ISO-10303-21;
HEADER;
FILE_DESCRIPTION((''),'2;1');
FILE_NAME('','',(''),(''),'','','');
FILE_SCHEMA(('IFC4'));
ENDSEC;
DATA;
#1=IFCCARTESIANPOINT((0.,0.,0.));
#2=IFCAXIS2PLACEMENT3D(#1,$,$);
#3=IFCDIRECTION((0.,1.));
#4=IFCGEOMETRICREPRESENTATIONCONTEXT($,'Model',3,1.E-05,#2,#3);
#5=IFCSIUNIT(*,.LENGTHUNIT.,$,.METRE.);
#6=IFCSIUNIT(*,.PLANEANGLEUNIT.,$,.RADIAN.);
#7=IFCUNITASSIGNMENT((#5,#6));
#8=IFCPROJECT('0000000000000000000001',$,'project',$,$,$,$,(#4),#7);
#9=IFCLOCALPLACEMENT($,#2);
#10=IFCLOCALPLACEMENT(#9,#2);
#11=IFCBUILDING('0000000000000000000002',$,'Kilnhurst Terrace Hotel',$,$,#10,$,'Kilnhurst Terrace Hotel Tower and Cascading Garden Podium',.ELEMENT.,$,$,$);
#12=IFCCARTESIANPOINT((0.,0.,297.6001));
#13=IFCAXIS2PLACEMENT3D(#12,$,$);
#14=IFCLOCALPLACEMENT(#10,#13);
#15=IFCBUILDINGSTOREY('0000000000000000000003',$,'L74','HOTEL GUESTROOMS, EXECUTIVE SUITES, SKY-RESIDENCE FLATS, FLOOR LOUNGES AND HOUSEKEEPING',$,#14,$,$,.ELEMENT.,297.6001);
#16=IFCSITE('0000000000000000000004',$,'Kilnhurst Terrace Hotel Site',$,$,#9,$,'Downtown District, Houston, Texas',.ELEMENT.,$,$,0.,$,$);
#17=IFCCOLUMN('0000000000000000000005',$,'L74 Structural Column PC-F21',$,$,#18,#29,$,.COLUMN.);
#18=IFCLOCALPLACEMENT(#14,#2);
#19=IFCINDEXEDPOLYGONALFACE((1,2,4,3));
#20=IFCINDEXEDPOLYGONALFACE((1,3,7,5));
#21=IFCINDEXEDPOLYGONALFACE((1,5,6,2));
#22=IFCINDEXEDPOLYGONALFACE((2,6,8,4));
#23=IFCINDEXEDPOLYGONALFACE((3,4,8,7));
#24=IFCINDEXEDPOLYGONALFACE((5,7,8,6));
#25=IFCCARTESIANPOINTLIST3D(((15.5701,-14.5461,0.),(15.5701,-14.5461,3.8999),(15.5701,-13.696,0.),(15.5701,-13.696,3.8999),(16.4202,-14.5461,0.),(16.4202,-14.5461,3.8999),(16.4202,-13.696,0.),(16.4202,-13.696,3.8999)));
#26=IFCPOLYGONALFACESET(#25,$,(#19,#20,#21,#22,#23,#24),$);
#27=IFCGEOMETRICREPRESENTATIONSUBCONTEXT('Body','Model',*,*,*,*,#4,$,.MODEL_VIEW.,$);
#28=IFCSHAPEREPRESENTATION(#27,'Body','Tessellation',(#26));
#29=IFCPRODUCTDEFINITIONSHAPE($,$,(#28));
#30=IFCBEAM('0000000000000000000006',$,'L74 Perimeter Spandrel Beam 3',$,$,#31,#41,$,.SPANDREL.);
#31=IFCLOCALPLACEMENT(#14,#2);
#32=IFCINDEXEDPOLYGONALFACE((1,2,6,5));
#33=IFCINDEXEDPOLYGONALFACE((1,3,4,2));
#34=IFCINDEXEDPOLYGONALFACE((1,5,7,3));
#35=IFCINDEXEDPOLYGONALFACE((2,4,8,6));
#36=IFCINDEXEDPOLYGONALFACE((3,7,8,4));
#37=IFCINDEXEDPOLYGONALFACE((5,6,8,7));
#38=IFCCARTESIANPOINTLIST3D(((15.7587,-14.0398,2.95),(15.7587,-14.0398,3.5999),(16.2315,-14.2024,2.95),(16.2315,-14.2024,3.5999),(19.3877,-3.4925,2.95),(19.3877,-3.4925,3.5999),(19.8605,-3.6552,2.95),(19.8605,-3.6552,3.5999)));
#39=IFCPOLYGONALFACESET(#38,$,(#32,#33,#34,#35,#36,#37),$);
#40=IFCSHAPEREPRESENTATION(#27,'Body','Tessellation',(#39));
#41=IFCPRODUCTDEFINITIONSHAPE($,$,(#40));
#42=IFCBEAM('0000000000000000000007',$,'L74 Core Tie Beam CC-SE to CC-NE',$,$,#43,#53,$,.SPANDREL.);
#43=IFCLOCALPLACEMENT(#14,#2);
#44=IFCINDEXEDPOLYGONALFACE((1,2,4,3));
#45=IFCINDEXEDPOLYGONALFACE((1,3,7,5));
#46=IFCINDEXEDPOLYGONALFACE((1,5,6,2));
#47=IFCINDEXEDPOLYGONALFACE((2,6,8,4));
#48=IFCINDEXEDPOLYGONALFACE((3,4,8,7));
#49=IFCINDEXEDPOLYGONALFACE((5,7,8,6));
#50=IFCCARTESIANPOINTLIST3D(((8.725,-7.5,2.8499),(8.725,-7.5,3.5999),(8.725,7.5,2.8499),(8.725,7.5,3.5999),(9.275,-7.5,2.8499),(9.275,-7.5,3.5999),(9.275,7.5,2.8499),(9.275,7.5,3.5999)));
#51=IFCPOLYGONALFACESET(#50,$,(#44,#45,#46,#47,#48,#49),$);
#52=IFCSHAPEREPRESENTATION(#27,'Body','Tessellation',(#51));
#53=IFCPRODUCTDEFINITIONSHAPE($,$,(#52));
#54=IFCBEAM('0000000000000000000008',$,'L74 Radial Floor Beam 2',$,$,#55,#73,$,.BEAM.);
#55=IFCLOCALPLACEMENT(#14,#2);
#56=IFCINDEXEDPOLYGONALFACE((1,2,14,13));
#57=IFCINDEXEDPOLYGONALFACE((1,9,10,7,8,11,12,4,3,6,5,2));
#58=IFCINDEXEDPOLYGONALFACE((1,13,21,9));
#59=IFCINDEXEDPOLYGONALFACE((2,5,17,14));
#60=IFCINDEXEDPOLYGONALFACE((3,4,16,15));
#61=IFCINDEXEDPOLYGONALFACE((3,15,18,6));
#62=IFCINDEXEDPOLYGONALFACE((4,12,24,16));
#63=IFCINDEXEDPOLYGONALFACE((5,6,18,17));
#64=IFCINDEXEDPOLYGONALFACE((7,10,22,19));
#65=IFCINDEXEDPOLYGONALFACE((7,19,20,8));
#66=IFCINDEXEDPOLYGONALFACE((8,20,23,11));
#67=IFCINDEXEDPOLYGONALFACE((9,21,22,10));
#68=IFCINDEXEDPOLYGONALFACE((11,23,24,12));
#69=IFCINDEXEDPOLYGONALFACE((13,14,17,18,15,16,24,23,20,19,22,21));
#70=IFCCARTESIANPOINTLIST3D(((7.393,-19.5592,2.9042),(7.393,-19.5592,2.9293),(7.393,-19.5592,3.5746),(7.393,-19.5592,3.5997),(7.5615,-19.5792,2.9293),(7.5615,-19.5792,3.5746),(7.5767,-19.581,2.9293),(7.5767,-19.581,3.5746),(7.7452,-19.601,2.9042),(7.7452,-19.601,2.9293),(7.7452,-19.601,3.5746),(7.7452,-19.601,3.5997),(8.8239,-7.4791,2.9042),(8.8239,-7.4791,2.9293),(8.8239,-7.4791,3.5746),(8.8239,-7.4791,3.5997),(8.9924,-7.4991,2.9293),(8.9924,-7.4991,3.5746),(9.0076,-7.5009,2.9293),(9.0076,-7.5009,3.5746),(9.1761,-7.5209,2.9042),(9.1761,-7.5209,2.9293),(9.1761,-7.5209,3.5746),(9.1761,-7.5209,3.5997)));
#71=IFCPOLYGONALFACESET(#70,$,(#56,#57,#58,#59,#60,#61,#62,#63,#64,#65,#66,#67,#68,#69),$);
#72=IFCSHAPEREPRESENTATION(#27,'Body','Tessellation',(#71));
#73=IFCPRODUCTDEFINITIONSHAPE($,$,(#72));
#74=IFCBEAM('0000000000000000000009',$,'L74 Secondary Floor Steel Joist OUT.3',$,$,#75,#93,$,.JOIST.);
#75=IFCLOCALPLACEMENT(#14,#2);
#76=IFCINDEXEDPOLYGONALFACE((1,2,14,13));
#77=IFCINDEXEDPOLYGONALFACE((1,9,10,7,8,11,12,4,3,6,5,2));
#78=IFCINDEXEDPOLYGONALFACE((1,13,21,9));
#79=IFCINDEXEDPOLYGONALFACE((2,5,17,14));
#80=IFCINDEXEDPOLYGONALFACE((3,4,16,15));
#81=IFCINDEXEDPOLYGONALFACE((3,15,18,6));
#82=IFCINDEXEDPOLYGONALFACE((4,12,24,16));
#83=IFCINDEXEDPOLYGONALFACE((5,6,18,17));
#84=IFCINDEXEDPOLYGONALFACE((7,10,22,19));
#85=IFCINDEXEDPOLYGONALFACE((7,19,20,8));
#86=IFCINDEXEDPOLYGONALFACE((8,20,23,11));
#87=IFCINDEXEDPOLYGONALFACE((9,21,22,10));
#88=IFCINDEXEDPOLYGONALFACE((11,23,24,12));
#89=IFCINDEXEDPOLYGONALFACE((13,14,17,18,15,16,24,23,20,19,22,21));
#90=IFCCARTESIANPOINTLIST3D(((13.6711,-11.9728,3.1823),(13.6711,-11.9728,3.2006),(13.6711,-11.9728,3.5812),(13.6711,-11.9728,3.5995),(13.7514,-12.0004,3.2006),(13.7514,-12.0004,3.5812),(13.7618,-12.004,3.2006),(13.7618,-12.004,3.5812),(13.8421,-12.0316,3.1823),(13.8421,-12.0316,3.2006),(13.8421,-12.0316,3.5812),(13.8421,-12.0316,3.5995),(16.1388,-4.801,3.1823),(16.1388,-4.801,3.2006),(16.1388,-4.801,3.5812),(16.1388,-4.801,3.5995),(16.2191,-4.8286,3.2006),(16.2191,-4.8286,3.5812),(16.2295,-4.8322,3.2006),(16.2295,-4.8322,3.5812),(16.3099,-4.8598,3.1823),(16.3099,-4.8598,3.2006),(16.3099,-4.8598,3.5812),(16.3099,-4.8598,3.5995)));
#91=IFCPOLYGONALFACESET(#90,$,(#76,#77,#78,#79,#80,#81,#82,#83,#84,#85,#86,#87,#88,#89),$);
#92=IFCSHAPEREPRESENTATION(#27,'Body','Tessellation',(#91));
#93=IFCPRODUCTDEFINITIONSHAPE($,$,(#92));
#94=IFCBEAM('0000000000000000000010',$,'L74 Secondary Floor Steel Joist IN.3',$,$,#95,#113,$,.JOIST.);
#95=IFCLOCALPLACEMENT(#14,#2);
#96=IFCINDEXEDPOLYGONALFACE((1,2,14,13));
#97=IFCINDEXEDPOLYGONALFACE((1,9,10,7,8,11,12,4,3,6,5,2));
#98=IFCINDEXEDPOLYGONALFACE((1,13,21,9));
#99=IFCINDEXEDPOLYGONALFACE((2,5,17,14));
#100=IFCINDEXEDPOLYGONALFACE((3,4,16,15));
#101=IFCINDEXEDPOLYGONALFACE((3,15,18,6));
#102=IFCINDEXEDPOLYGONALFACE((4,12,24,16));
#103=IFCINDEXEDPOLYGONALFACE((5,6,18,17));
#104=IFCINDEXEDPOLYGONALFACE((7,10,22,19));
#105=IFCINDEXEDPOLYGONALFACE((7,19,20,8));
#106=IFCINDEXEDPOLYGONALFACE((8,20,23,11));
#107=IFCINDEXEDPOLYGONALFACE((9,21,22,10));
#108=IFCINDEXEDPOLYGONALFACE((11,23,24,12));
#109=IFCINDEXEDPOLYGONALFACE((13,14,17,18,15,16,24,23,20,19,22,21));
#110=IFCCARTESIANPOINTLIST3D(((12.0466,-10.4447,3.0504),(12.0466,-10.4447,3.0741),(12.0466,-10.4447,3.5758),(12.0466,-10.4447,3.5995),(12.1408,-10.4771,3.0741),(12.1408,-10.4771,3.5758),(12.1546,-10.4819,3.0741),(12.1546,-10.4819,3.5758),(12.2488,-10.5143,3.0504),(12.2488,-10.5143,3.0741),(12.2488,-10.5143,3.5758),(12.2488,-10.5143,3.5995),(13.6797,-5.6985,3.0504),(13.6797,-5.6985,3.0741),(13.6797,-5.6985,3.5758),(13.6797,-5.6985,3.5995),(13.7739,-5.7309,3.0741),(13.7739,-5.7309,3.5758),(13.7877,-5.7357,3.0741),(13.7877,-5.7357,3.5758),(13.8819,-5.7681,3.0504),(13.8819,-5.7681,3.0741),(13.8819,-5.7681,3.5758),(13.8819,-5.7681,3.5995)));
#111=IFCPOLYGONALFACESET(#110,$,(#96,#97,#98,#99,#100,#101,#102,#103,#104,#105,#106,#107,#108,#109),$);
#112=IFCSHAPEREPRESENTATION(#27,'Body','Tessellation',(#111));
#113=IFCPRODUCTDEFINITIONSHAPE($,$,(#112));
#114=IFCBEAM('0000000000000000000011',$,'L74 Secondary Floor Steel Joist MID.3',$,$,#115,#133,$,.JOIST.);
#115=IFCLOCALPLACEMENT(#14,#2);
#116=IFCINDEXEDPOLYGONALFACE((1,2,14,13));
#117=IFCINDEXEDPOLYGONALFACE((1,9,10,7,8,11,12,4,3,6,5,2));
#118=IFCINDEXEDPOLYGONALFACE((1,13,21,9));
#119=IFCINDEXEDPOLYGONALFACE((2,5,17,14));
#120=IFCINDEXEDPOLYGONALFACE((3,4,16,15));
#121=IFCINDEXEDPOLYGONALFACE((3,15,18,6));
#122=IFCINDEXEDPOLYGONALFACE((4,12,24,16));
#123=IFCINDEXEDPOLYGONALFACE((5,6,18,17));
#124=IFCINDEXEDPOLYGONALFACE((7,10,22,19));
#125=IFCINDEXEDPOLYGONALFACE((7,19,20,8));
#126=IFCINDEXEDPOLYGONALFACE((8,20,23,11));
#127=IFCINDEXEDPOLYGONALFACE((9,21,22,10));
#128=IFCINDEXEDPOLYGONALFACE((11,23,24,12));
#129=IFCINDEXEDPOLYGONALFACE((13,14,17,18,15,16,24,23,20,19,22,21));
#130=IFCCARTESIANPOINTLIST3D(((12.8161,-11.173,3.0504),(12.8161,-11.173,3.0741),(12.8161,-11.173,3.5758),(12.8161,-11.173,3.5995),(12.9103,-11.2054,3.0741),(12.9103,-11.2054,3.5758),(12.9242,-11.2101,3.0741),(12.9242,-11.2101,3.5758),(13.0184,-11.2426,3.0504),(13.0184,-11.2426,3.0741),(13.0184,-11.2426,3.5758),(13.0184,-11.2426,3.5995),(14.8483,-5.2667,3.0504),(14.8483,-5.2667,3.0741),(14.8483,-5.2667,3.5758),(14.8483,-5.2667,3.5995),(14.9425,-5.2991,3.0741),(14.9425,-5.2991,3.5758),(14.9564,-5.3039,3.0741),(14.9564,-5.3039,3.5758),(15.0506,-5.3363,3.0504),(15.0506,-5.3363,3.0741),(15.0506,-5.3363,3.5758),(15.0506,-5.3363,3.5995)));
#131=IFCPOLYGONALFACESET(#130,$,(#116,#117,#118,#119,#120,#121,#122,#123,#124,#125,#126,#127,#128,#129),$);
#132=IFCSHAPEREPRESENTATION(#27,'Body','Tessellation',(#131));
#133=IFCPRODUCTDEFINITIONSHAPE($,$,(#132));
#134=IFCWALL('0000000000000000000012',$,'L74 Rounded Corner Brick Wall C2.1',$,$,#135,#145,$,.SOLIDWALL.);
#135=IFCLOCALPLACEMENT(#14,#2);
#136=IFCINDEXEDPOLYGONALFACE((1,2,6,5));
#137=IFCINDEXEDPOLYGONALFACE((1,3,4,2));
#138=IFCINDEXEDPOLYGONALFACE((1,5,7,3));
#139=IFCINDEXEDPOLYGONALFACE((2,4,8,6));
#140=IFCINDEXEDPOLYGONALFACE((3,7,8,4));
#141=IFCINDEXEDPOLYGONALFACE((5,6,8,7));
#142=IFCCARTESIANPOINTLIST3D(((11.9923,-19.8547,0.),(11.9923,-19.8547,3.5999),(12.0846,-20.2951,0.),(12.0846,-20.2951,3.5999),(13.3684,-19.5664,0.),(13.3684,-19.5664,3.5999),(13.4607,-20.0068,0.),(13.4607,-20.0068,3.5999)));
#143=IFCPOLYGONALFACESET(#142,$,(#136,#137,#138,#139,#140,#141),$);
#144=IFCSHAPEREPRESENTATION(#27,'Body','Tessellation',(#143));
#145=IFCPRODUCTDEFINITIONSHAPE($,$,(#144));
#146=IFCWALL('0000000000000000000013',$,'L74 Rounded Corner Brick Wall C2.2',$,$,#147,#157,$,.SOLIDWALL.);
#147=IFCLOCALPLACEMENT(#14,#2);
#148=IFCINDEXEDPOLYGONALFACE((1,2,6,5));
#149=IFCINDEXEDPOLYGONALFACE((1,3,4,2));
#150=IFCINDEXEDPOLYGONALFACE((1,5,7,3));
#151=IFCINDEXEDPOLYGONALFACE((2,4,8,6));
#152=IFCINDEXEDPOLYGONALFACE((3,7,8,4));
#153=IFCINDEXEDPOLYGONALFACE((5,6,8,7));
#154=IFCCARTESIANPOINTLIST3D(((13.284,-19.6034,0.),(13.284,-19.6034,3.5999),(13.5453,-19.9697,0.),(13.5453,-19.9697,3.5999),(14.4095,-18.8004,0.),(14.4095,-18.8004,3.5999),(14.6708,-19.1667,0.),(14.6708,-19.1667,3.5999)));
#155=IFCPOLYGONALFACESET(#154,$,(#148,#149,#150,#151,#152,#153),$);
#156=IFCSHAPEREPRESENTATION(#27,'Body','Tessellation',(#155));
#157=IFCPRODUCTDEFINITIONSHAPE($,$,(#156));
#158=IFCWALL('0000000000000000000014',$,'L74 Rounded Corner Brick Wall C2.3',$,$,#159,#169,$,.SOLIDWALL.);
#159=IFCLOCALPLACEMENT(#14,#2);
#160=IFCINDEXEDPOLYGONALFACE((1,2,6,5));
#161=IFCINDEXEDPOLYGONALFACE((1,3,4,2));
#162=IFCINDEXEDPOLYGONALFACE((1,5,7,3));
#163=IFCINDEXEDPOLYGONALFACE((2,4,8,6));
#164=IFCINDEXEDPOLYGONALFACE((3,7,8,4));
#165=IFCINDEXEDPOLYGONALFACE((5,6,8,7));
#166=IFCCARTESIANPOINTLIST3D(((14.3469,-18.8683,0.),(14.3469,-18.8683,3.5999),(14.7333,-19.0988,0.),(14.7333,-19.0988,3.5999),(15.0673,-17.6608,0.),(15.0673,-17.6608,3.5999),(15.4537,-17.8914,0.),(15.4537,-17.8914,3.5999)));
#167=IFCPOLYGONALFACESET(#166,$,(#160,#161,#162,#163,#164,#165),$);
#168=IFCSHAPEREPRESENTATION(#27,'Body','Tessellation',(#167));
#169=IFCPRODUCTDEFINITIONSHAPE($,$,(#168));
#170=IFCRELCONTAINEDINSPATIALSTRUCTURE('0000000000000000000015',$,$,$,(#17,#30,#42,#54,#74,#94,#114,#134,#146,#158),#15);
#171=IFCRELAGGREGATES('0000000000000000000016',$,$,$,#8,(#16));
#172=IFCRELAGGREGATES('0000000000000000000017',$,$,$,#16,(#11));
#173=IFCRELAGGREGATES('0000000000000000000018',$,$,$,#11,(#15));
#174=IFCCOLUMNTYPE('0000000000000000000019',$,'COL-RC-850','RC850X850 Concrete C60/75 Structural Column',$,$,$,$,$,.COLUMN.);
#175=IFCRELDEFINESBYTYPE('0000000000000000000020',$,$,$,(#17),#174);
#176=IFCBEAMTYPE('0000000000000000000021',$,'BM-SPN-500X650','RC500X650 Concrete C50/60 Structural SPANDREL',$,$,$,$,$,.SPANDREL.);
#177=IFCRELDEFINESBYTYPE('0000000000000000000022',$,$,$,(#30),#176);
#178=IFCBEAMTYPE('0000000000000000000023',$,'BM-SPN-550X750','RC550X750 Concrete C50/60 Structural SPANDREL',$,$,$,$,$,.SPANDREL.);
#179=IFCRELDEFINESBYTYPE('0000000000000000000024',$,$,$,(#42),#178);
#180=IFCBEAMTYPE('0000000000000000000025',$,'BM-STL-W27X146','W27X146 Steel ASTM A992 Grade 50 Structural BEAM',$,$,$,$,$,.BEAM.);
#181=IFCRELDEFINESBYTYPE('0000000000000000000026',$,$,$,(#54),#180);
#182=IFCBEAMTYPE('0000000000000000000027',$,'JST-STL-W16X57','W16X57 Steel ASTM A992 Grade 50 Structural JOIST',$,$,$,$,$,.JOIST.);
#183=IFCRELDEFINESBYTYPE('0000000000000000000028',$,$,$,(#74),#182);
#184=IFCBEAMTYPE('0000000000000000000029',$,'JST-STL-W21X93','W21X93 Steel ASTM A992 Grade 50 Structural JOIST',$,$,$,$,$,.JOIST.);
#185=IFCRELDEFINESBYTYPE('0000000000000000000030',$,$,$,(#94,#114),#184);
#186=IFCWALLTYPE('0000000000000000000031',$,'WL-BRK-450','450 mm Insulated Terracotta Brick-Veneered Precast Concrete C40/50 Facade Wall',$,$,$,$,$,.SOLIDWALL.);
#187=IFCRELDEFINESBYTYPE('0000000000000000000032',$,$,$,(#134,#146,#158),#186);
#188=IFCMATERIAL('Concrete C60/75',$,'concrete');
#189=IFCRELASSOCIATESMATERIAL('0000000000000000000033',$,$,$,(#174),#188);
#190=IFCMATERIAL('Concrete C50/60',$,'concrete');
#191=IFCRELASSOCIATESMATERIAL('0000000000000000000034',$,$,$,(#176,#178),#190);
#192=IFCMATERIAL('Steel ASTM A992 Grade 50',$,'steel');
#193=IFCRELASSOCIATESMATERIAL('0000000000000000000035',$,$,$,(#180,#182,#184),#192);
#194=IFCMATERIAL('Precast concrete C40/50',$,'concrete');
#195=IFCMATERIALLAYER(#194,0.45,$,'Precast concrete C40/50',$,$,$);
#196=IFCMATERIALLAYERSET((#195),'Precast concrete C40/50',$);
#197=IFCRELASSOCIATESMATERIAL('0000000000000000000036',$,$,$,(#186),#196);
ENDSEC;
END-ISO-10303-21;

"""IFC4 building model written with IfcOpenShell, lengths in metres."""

from ifc_helpers import new_model, si_unit, direction, frame, frame_2d, origin, origin_2d, place, context, subcontext, project, spatial, rectangle, i_section, extrude, material, layer, layer_set, material_profile, profile_set, type_object, element, save


model = new_model("IFC4")

# Units and contexts
model_context = context("Model", 3, precision=1e-05, world=origin(), true_north=direction((0.0, 1.0)))
body_context = subcontext(model_context, "Body", "Model", "MODEL_VIEW")
ifc_project = project(units=[si_unit("LENGTHUNIT", "METRE"), si_unit("PLANEANGLEUNIT", "RADIAN")], contexts=[model_context])

# Site, building, storey
site_placement = place(None, origin())
site = spatial("IfcSite", under=ifc_project, at=site_placement, Name="Kilnhurst Terrace Hotel Site", LongName="Downtown District, Houston, Texas", CompositionType="ELEMENT", RefElevation=0.0)
building_placement = place(site_placement, origin())
building = spatial("IfcBuilding", under=site, at=building_placement, Name="Kilnhurst Terrace Hotel", LongName="Kilnhurst Terrace Hotel Tower and Cascading Garden Podium", CompositionType="ELEMENT")
storey_placement = place(building_placement, frame((0.0, 0.0, 297.6001)))
storey = spatial("IfcBuildingStorey", under=building, at=storey_placement, Name="L74", Description="HOTEL GUESTROOMS, EXECUTIVE SUITES, SKY-RESIDENCE FLATS, FLOOR LOUNGES AND HOUSEKEEPING", CompositionType="ELEMENT", Elevation=297.6001)

# Column
ifc_material_1 = material(Name="Concrete C60/75", Category="concrete")
ifc_material_profile_1 = material_profile(ifc_material_1, rectangle(XDim=0.8501, YDim=0.8501, at=origin_2d()), Name="RC850X850")
ifc_profile_set_1 = profile_set([ifc_material_profile_1], Name="Concrete C60/75")
column_type = type_object("IfcColumnType", Name="COL-RC-850", Description="RC850X850 Concrete C60/75 Structural Column", PredefinedType="COLUMN", material=ifc_profile_set_1)
column_placement = place(storey_placement, frame((15.9951, -14.1211, 0.0), z_axis=(0.0, 0.0, 1.0), x_axis=(1.0, 0.0, 0.0)))
element("IfcColumn", 1, at=column_placement, inside=storey, type_object=column_type, Name="L74 Structural Column PC-F21", PredefinedType="COLUMN", context=body_context, shape_type="SweptSolid", body=[
    extrude(rectangle(XDim=0.8501, YDim=0.8501, at=origin_2d()), origin(), (0.0, 0.0, 1.0), 3.8999),
])

# Beams
ifc_material_2 = material(Name="Concrete C50/60", Category="concrete")
ifc_material_profile_2 = material_profile(ifc_material_2, rectangle(XDim=0.5, YDim=0.6499, at=origin_2d()), Name="RC500X650")
ifc_profile_set_2 = profile_set([ifc_material_profile_2], Name="Concrete C50/60")
beam_type_1 = type_object("IfcBeamType", Name="BM-SPN-500X650", Description="RC500X650 Concrete C50/60 Structural SPANDREL", PredefinedType="SPANDREL", material=ifc_profile_set_2)
beam_1_placement = place(storey_placement, frame((15.9951, -14.1211, 3.2749), z_axis=(0.325347, 0.945595, 0.0), x_axis=(-0.945595, 0.325347, 0.0)))
element("IfcBeam", 2, at=beam_1_placement, inside=storey, type_object=beam_type_1, Name="L74 Perimeter Spandrel Beam 3", PredefinedType="SPANDREL", context=body_context, shape_type="SweptSolid", body=[
    extrude(rectangle(XDim=0.5, YDim=0.6499, at=origin_2d()), origin(), (0.0, 0.0, 1.0), 11.1541),
])
ifc_material_profile_3 = material_profile(ifc_material_2, rectangle(XDim=0.55, YDim=0.75, at=origin_2d()), Name="RC550X750")
ifc_profile_set_3 = profile_set([ifc_material_profile_3], Name="Concrete C50/60")
beam_type_2 = type_object("IfcBeamType", Name="BM-SPN-550X750", Description="RC550X750 Concrete C50/60 Structural SPANDREL", PredefinedType="SPANDREL", material=ifc_profile_set_3)
beam_2_placement = place(storey_placement, frame((9.0, -7.5, 3.2249), z_axis=(0.0, 1.0, 0.0), x_axis=(-1.0, 0.0, 0.0)))
element("IfcBeam", 3, at=beam_2_placement, inside=storey, type_object=beam_type_2, Name="L74 Core Tie Beam CC-SE to CC-NE", PredefinedType="SPANDREL", context=body_context, shape_type="SweptSolid", body=[
    extrude(rectangle(XDim=0.55, YDim=0.75, at=origin_2d()), origin(), (0.0, 0.0, 1.0), 15.0),
])
ifc_material_3 = material(Name="Steel ASTM A992 Grade 50", Category="steel")
ifc_material_profile_4 = material_profile(ifc_material_3, i_section(OverallWidth=0.3547, OverallDepth=0.6956, WebThickness=0.0154, FlangeThickness=0.0251, at=origin_2d()), Name="W27X146")
ifc_profile_set_4 = profile_set([ifc_material_profile_4], Name="Steel ASTM A992 Grade 50")
beam_type_3 = type_object("IfcBeamType", Name="BM-STL-W27X146", Description="W27X146 Steel ASTM A992 Grade 50 Structural BEAM", PredefinedType="BEAM", material=ifc_profile_set_4)
beam_3_placement = place(storey_placement, frame((9.0, -7.5, 3.252), z_axis=(-0.11763, -0.993058, 0.0), x_axis=(0.993058, -0.11763, 0.0)))
element("IfcBeam", 4, at=beam_3_placement, inside=storey, type_object=beam_type_3, Name="L74 Radial Floor Beam 2", PredefinedType="BEAM", context=body_context, shape_type="SweptSolid", body=[
    extrude(i_section(OverallWidth=0.3547, OverallDepth=0.6956, WebThickness=0.0154, FlangeThickness=0.0251, at=origin_2d()), origin(), (0.0, 0.0, 1.0), 12.1646),
])
ifc_material_profile_5 = material_profile(ifc_material_3, i_section(OverallWidth=0.1809, OverallDepth=0.4172, WebThickness=0.011, FlangeThickness=0.0183, at=origin_2d()), Name="W16X57")
ifc_profile_set_5 = profile_set([ifc_material_profile_5], Name="Steel ASTM A992 Grade 50")
beam_type_4 = type_object("IfcBeamType", Name="JST-STL-W16X57", Description="W16X57 Steel ASTM A992 Grade 50 Structural JOIST", PredefinedType="JOIST", material=ifc_profile_set_5)
beam_4_placement = place(storey_placement, frame((13.7566, -12.0022, 3.3909), z_axis=(0.325368, 0.945588, 0.0), x_axis=(-0.945588, 0.325368, 0.0)))
element("IfcBeam", 5, at=beam_4_placement, inside=storey, type_object=beam_type_4, Name="L74 Secondary Floor Steel Joist OUT.3", PredefinedType="JOIST", context=body_context, shape_type="SweptSolid", body=[
    extrude(i_section(OverallWidth=0.1809, OverallDepth=0.4172, WebThickness=0.011, FlangeThickness=0.0183, at=origin_2d()), origin(), (0.0, 0.0, 1.0), 7.5845),
])
ifc_material_profile_6 = material_profile(ifc_material_3, i_section(OverallWidth=0.2139, OverallDepth=0.5491, WebThickness=0.0146, FlangeThickness=0.0237, at=origin_2d()), Name="W21X93")
ifc_profile_set_6 = profile_set([ifc_material_profile_6], Name="Steel ASTM A992 Grade 50")
beam_type_5 = type_object("IfcBeamType", Name="JST-STL-W21X93", Description="W21X93 Steel ASTM A992 Grade 50 Structural JOIST", PredefinedType="JOIST", material=ifc_profile_set_6)
beam_5_placement = place(storey_placement, frame((12.1477, -10.4795, 3.325), z_axis=(0.325363, 0.945589, 0.0), x_axis=(-0.945589, 0.325363, 0.0)))
element("IfcBeam", 6, at=beam_5_placement, inside=storey, type_object=beam_type_5, Name="L74 Secondary Floor Steel Joist IN.3", PredefinedType="JOIST", context=body_context, shape_type="SweptSolid", body=[
    extrude(i_section(OverallWidth=0.2139, OverallDepth=0.5491, WebThickness=0.0146, FlangeThickness=0.0237, at=origin_2d()), origin(), (0.0, 0.0, 1.0), 5.0193),
])
beam_6_placement = place(storey_placement, frame((12.9172, -11.2078, 3.325), z_axis=(0.325359, 0.94559, 0.0), x_axis=(-0.94559, 0.325359, 0.0)))
element("IfcBeam", 7, at=beam_6_placement, inside=storey, type_object=beam_type_5, Name="L74 Secondary Floor Steel Joist MID.3", PredefinedType="JOIST", context=body_context, shape_type="SweptSolid", body=[
    extrude(i_section(OverallWidth=0.2139, OverallDepth=0.5491, WebThickness=0.0146, FlangeThickness=0.0237, at=origin_2d()), origin(), (0.0, 0.0, 1.0), 6.2461),
])

# Walls
ifc_material_4 = material(Name="Precast concrete C40/50", Category="concrete")
ifc_layer_1 = layer(ifc_material_4, 0.45, Name="Precast concrete C40/50")
ifc_layer_set_1 = layer_set([ifc_layer_1], Name="Precast concrete C40/50")
wall_type_1 = type_object("IfcWallType", Name="WL-BRK-450", Description="450 mm Insulated Terracotta Brick-Veneered Precast Concrete C40/50 Facade Wall", PredefinedType="SOLIDWALL", material=ifc_layer_set_1)
wall_1_placement = place(storey_placement, frame((12.0383, -20.075, 0.0), z_axis=(0.0, 0.0, 1.0), x_axis=(0.97875, 0.205057, 0.0)))
element("IfcWall", 8, at=wall_1_placement, inside=storey, type_object=wall_type_1, Name="L74 Rounded Corner Brick Wall C2.1", PredefinedType="SOLIDWALL", context=body_context, shape_type="SweptSolid", body=[
    extrude(rectangle(XDim=1.406, YDim=0.45, at=frame_2d((0.7031, 0.0))), origin(), (0.0, 0.0, 1.0), 3.5999),
])
wall_2_placement = place(storey_placement, frame((13.4146, -19.7866, 0.0), z_axis=(0.0, 0.0, 1.0), x_axis=(0.814055, 0.580787, 0.0)))
element("IfcWall", 9, at=wall_2_placement, inside=storey, type_object=wall_type_1, Name="L74 Rounded Corner Brick Wall C2.2", PredefinedType="SOLIDWALL", context=body_context, shape_type="SweptSolid", body=[
    extrude(rectangle(XDim=1.3826, YDim=0.45, at=frame_2d((0.6914, 0.0))), origin(), (0.0, 0.0, 1.0), 3.5999),
])
wall_3_placement = place(storey_placement, frame((14.54, -18.9836, 0.0), z_axis=(0.0, 0.0, 1.0), x_axis=(0.512375, 0.858762, 0.0)))
element("IfcWall", 10, at=wall_3_placement, inside=storey, type_object=wall_type_1, Name="L74 Rounded Corner Brick Wall C2.3", PredefinedType="SOLIDWALL", context=body_context, shape_type="SweptSolid", body=[
    extrude(rectangle(XDim=1.406, YDim=0.45, at=frame_2d((0.7031, 0.0))), origin(), (0.0, 0.0, 1.0), 3.5999),
])

save(model, "model.ifc")
